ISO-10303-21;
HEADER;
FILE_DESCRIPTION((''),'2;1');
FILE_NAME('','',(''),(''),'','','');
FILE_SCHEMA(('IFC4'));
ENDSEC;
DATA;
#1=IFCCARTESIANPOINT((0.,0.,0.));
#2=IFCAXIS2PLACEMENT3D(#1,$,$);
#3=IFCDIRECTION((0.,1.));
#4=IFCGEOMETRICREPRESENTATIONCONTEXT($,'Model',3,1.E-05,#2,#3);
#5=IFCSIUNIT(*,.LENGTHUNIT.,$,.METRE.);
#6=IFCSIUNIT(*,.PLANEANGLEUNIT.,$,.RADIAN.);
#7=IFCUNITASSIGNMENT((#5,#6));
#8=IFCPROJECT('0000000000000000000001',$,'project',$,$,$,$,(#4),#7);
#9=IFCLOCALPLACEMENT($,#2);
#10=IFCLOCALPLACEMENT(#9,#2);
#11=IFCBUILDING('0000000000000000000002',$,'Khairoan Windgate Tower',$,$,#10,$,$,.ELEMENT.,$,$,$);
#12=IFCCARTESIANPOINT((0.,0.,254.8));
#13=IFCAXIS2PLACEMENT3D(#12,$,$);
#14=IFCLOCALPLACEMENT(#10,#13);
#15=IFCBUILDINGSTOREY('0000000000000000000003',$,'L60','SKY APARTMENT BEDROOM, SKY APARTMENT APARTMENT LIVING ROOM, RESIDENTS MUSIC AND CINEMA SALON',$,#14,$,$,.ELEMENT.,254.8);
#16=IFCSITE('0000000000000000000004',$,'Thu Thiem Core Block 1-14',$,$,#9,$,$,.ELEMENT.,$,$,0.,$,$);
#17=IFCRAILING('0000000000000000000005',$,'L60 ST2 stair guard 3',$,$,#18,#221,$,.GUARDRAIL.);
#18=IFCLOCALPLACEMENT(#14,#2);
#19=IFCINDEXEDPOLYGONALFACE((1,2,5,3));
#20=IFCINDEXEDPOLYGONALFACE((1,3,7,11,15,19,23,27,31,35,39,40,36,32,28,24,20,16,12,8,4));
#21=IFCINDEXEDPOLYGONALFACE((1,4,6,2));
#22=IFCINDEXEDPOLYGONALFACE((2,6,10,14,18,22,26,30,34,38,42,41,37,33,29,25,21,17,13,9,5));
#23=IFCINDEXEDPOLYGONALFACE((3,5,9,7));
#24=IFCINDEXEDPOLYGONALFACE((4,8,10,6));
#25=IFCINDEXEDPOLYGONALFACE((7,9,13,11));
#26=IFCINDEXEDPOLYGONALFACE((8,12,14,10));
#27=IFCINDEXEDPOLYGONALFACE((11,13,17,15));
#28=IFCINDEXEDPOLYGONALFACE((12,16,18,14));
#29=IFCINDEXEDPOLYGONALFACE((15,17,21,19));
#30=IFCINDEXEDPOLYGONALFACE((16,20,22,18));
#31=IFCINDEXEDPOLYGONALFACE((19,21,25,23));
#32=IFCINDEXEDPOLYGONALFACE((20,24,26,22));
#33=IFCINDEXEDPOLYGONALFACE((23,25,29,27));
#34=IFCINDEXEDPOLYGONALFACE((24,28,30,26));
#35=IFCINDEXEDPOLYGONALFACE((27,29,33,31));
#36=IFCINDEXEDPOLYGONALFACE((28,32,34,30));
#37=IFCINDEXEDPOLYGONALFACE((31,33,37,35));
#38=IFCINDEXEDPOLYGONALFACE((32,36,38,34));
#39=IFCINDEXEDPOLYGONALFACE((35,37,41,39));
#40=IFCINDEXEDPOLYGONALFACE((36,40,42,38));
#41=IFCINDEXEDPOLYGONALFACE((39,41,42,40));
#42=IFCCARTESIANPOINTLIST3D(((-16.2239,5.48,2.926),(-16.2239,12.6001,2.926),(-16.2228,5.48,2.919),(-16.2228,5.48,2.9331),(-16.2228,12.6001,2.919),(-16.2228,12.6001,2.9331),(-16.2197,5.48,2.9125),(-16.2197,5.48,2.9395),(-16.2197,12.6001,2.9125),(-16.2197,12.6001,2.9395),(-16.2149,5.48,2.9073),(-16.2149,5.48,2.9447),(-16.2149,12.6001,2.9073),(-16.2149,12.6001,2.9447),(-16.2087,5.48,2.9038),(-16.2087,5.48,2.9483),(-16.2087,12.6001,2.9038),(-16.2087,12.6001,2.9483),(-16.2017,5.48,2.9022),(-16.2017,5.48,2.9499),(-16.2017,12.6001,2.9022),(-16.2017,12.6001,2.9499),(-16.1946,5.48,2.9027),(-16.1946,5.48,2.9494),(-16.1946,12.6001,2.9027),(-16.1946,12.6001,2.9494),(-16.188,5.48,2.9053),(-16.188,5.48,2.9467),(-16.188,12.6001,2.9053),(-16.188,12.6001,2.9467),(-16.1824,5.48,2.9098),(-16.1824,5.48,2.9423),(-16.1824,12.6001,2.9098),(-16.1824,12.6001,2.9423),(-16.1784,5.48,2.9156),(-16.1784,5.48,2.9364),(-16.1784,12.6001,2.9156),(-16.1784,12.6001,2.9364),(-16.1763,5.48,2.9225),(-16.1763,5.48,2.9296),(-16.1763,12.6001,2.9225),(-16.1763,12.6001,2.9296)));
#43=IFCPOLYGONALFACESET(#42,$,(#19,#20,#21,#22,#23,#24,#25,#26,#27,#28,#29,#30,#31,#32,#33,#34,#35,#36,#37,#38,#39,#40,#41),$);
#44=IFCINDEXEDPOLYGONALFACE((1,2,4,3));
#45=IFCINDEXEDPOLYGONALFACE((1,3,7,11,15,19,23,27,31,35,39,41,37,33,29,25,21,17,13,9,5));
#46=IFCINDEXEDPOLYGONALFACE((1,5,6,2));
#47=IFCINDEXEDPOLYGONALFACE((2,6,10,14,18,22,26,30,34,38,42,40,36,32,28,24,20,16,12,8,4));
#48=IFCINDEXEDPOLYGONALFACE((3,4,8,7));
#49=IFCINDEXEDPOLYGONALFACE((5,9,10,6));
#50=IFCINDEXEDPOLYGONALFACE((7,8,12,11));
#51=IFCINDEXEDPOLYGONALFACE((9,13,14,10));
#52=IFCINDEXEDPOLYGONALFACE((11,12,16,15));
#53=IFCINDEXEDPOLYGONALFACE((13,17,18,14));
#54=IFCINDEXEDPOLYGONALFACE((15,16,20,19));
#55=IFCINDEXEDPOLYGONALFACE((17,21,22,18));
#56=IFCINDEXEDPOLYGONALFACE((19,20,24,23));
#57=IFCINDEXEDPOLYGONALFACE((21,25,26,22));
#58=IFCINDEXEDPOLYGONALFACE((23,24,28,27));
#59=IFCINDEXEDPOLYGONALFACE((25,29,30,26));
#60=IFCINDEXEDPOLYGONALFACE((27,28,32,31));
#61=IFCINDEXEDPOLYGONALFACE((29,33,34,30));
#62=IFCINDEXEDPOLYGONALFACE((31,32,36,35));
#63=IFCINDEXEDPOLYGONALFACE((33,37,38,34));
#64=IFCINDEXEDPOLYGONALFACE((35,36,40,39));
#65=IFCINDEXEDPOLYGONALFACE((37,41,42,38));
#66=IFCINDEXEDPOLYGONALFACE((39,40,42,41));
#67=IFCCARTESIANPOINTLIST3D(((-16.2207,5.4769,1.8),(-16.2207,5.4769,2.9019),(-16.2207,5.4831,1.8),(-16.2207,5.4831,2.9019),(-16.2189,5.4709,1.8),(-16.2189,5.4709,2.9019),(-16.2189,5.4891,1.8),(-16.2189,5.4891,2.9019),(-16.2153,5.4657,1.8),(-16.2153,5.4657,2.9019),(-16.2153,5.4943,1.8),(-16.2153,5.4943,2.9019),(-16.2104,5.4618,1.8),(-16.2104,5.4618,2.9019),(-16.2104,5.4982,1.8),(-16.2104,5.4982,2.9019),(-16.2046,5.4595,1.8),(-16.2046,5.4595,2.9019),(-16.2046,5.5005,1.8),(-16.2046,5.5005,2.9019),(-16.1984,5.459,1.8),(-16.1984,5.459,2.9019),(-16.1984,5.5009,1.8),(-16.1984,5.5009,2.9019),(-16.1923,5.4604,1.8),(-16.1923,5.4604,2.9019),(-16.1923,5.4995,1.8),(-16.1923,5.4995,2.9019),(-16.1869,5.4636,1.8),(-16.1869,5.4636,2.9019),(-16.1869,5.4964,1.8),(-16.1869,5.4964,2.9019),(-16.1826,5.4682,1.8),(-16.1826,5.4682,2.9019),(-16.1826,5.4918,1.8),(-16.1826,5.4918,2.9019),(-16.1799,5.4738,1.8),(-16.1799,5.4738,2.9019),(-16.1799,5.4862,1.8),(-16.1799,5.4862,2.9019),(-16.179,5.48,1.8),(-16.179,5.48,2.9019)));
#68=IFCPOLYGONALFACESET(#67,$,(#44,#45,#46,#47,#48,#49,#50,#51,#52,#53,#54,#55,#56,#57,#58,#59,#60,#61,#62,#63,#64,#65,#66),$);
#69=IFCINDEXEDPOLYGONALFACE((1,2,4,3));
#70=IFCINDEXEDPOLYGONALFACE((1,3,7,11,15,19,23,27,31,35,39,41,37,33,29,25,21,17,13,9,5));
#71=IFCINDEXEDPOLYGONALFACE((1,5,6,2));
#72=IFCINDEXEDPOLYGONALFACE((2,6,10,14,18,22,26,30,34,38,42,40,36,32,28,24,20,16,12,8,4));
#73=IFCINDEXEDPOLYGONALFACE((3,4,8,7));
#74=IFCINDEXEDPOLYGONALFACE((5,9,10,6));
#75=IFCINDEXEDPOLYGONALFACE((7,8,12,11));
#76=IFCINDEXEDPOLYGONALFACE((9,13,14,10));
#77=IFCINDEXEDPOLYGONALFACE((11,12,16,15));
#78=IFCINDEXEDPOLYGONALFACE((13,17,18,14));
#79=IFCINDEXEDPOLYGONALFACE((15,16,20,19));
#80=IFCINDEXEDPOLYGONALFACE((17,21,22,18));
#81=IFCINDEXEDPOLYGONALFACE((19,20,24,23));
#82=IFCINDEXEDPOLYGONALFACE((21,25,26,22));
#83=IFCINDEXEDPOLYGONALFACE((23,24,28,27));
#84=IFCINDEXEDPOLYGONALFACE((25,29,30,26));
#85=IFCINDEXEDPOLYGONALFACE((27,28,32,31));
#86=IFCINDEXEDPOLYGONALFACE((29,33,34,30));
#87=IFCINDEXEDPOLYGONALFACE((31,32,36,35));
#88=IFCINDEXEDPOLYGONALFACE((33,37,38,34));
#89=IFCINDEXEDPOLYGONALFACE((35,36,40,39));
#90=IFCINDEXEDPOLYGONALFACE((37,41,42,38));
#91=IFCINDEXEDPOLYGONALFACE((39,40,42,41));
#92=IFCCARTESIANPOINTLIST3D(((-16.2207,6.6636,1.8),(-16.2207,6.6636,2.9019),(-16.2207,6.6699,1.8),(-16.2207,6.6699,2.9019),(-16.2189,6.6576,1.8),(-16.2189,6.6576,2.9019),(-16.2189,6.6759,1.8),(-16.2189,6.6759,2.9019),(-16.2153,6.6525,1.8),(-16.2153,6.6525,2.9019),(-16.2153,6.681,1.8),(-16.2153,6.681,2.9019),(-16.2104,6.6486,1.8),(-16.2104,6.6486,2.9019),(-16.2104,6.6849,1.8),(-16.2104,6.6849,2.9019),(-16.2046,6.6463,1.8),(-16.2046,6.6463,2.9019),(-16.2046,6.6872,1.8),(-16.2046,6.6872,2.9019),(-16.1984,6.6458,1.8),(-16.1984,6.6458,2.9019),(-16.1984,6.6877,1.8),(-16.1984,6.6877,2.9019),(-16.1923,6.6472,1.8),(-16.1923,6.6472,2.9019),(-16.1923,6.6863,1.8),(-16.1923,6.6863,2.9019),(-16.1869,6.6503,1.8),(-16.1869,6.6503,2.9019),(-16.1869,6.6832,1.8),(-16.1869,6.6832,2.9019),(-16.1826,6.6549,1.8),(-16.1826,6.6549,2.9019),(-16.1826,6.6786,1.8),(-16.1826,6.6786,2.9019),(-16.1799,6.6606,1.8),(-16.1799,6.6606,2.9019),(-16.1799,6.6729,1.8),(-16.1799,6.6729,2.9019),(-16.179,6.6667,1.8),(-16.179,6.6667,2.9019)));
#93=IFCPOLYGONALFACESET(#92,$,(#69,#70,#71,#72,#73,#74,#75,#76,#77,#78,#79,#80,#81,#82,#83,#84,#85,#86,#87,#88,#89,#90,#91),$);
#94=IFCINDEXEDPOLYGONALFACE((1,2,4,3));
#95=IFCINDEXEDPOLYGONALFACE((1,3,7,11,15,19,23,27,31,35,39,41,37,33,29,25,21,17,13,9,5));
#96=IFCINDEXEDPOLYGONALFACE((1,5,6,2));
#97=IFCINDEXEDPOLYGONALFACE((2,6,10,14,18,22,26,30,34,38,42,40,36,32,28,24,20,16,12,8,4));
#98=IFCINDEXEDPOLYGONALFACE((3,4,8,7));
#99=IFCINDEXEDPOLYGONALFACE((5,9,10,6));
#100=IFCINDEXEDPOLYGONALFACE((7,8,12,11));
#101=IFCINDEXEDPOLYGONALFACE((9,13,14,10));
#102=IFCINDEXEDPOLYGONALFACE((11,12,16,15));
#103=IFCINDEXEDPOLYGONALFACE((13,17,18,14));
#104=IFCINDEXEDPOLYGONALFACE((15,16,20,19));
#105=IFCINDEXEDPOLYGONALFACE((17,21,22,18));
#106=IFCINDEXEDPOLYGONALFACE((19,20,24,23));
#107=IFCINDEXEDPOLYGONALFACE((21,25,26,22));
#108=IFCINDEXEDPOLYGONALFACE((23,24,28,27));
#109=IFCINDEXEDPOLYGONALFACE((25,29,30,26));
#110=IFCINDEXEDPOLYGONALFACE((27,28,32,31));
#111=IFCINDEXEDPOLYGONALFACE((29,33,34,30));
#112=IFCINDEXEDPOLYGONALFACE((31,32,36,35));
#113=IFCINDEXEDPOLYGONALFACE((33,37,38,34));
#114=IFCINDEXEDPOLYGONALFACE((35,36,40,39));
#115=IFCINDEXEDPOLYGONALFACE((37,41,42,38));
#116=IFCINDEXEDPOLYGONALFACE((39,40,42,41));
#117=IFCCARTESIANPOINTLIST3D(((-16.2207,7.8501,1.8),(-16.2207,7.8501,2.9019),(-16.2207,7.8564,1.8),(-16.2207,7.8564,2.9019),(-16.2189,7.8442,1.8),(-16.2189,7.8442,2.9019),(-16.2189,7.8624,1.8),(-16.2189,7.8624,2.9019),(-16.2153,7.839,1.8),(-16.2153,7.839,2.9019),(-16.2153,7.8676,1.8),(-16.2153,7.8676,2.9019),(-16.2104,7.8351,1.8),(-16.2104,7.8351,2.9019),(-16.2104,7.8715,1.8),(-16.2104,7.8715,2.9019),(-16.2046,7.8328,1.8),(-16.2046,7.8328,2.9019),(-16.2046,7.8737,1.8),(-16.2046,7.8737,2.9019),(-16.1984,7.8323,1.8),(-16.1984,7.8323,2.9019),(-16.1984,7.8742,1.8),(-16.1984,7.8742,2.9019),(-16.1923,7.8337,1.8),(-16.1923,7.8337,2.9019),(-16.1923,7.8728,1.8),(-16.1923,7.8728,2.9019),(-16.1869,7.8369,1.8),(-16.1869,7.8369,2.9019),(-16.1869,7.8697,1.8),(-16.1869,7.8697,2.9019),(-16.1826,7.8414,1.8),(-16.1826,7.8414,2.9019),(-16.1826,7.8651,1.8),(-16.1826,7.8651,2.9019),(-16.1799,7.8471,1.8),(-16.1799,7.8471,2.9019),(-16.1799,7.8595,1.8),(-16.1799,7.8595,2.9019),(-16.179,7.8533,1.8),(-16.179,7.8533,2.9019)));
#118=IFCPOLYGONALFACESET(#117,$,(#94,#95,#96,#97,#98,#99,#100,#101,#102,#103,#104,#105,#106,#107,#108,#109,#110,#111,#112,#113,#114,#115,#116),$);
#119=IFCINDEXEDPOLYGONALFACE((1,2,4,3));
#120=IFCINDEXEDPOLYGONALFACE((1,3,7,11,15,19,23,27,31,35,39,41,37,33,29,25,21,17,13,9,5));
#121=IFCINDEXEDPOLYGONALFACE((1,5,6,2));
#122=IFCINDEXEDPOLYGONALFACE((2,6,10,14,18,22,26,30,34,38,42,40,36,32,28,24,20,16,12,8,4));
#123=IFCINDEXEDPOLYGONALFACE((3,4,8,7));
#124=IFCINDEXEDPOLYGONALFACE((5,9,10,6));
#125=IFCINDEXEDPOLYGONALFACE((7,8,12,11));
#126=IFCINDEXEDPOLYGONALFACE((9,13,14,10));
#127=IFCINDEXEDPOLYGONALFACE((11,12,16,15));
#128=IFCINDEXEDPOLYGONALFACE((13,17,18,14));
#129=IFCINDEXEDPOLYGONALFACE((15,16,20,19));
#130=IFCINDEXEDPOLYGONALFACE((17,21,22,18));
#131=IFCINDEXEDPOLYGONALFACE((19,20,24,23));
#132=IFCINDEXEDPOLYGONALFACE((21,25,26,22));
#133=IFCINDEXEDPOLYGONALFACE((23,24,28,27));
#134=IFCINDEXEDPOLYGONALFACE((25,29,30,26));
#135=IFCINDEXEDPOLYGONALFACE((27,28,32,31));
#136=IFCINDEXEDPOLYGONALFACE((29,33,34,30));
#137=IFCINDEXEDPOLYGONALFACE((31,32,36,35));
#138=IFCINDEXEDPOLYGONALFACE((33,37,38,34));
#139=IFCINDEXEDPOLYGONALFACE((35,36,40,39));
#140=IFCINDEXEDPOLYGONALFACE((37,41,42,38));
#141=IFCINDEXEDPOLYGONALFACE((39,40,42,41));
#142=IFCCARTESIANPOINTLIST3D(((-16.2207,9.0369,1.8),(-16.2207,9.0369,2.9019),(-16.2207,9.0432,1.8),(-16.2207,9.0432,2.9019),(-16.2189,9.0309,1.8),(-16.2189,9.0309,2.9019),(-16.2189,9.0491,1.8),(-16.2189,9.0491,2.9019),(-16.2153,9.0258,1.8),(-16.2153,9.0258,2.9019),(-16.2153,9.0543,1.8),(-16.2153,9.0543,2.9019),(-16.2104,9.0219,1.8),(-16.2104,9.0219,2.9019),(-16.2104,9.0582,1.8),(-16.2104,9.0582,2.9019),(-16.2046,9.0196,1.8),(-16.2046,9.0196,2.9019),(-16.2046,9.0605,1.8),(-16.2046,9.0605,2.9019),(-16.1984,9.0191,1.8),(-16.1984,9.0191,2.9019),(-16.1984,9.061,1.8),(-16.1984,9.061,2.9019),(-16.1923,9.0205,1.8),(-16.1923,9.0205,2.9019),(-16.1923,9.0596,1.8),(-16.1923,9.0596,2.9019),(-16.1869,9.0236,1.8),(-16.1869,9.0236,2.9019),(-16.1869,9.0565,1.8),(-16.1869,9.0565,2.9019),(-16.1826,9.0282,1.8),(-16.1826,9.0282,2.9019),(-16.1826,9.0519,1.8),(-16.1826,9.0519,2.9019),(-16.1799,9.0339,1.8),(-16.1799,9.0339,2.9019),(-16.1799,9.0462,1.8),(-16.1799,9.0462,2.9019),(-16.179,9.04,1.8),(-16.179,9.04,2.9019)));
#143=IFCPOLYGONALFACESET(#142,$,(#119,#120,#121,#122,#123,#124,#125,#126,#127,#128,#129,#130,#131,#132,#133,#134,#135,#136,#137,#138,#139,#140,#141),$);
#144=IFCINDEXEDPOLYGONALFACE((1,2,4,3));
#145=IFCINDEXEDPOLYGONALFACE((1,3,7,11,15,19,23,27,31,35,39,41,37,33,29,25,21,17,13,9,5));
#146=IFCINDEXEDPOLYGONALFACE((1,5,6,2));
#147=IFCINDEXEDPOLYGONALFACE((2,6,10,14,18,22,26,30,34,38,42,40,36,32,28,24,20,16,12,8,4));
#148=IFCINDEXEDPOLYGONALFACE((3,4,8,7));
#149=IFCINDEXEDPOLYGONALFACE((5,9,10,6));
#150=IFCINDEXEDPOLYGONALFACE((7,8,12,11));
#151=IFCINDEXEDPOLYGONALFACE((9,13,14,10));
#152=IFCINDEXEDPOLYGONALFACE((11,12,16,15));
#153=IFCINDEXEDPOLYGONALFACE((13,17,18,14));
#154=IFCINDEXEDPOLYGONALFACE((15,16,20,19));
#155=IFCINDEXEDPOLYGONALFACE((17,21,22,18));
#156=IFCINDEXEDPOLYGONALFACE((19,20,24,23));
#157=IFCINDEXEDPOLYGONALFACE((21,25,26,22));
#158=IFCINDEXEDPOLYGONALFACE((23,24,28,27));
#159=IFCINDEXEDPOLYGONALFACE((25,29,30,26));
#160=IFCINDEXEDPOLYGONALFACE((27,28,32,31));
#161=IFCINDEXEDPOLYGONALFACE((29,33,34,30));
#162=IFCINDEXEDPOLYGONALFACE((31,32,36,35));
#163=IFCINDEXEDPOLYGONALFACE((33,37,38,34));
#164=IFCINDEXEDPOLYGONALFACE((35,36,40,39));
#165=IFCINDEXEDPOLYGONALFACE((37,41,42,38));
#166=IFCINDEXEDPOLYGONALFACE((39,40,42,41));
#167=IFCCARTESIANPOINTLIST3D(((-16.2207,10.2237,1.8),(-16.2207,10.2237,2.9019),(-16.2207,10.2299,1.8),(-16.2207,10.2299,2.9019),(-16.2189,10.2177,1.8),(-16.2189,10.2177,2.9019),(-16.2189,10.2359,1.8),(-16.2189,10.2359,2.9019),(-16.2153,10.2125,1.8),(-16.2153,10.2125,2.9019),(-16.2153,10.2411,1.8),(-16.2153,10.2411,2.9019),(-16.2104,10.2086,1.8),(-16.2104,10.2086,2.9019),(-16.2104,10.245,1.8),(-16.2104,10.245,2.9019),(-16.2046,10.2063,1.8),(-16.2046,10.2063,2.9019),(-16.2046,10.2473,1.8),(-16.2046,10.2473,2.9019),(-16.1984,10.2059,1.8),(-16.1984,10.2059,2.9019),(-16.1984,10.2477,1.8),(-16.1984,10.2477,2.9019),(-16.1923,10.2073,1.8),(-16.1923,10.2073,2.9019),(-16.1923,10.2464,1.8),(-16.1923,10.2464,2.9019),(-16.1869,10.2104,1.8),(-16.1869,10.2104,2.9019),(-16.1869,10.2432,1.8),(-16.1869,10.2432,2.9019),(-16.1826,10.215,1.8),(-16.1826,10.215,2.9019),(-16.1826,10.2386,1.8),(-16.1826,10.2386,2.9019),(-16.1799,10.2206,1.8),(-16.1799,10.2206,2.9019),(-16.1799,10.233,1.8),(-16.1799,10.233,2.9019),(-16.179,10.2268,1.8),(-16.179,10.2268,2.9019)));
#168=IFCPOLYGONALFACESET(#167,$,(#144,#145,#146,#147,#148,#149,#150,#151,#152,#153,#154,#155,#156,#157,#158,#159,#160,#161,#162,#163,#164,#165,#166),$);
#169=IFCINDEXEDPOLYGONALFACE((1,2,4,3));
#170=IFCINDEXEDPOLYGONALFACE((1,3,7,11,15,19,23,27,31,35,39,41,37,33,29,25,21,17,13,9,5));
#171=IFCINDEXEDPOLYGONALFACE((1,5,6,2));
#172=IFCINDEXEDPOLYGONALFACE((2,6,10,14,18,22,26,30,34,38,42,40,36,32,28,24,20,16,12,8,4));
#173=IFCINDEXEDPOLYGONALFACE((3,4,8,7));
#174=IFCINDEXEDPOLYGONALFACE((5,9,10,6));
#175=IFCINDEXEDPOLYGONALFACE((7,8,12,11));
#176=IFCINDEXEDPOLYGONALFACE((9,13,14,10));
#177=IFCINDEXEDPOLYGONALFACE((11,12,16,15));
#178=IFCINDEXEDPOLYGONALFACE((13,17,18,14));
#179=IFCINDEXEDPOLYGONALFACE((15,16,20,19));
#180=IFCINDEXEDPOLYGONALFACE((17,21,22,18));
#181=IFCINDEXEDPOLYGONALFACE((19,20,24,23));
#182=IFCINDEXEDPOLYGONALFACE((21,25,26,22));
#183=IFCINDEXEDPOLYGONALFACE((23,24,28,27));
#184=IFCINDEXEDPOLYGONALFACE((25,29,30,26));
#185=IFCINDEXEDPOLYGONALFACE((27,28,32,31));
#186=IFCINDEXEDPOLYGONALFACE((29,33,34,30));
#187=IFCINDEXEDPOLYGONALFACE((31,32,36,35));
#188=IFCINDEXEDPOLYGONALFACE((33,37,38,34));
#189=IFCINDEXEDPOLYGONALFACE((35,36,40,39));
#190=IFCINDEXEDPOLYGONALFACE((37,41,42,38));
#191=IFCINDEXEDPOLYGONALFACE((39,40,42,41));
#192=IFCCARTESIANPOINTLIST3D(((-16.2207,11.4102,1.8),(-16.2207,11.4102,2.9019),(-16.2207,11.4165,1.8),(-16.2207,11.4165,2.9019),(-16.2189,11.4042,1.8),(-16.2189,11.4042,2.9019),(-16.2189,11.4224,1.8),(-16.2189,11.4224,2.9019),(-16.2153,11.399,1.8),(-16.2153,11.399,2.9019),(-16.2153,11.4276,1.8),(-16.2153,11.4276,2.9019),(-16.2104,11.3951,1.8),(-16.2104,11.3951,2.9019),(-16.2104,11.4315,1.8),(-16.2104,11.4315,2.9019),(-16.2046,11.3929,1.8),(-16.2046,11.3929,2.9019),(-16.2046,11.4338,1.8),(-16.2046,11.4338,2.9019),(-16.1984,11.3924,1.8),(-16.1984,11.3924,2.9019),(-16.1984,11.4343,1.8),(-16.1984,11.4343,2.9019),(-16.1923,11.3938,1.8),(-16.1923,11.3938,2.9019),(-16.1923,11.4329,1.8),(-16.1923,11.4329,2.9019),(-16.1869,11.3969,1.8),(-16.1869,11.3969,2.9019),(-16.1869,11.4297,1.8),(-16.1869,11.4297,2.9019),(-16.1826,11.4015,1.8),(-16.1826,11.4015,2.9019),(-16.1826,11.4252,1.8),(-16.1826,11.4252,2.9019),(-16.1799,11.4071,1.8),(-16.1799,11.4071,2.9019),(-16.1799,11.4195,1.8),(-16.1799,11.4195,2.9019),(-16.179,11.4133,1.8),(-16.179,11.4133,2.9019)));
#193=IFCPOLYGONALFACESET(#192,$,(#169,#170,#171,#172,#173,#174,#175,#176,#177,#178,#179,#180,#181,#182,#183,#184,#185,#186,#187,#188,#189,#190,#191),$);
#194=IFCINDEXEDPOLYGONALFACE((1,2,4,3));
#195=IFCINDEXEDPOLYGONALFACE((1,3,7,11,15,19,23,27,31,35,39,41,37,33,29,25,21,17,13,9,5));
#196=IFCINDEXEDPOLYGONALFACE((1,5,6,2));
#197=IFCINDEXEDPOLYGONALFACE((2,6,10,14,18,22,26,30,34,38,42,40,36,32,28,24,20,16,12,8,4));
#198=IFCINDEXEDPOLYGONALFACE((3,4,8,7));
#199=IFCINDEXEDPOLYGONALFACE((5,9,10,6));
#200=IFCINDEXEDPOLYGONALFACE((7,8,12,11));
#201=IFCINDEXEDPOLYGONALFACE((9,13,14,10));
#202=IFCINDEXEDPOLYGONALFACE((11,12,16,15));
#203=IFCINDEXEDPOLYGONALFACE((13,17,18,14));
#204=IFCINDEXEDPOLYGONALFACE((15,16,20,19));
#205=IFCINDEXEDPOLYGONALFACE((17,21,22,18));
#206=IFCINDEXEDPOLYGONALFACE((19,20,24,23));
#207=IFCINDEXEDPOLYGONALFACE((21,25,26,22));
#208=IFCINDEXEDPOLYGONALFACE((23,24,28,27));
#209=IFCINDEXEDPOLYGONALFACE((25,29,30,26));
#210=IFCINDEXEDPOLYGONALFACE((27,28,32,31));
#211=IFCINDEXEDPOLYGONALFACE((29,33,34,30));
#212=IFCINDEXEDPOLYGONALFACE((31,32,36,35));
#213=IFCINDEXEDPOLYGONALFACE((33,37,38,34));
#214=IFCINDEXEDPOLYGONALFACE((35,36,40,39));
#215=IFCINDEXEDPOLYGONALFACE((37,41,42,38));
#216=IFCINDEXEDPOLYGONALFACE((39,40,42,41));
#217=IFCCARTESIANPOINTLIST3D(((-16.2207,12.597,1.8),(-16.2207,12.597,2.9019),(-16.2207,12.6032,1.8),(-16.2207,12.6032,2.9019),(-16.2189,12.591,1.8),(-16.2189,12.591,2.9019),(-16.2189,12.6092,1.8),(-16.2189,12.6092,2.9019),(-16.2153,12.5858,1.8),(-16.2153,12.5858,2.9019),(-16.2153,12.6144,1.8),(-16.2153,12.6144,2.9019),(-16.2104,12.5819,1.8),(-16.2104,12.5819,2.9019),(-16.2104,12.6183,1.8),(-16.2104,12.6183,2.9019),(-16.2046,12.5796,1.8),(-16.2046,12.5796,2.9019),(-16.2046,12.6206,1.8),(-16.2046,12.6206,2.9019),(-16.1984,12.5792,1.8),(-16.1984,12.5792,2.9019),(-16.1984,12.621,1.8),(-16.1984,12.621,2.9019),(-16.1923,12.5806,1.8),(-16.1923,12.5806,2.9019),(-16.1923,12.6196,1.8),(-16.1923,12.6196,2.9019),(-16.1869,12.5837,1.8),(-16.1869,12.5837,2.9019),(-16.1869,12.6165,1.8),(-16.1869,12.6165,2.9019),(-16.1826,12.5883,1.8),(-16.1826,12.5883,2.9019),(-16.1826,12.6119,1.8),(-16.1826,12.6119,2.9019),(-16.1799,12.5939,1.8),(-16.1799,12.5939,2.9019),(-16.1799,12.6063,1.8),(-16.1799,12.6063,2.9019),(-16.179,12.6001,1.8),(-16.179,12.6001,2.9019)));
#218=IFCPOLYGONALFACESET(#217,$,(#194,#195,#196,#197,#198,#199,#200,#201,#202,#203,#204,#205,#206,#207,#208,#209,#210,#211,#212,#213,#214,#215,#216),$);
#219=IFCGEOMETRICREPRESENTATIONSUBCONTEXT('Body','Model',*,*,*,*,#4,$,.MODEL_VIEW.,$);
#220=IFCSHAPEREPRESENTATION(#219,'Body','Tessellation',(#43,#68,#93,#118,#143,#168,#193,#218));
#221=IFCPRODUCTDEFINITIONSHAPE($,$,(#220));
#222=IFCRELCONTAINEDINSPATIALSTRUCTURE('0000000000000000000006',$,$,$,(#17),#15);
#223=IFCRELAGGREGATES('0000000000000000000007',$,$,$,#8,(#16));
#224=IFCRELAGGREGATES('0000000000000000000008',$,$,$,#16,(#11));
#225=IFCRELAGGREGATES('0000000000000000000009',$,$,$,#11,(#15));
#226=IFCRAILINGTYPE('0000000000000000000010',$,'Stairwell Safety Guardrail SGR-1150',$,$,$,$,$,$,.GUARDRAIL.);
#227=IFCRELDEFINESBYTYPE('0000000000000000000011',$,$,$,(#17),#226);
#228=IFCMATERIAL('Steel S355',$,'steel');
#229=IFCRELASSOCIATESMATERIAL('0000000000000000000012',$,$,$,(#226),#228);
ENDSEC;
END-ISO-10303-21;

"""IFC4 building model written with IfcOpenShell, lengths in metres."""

from ifc_helpers import new_model, si_unit, direction, frame, origin, origin_2d, place, context, subcontext, project, spatial, circle, extrude, material, type_object, element, save


model = new_model("IFC4")

# Units and contexts
model_context = context("Model", 3, precision=1e-05, world=origin(), true_north=direction((0.0, 1.0)))
body_context = subcontext(model_context, "Body", "Model", "MODEL_VIEW")
ifc_project = project(units=[si_unit("LENGTHUNIT", "METRE"), si_unit("PLANEANGLEUNIT", "RADIAN")], contexts=[model_context])

# Site, building, storey
site_placement = place(None, origin())
site = spatial("IfcSite", under=ifc_project, at=site_placement, Name="Thu Thiem Core Block 1-14", CompositionType="ELEMENT", RefElevation=0.0)
building_placement = place(site_placement, origin())
building = spatial("IfcBuilding", under=site, at=building_placement, Name="Khairoan Windgate Tower", CompositionType="ELEMENT")
storey_placement = place(building_placement, frame((0.0, 0.0, 254.8)))
storey = spatial("IfcBuildingStorey", under=building, at=storey_placement, Name="L60", Description="SKY APARTMENT BEDROOM, SKY APARTMENT APARTMENT LIVING ROOM, RESIDENTS MUSIC AND CINEMA SALON", CompositionType="ELEMENT", Elevation=254.8)

# Railing
ifc_material_1 = material(Name="Steel S355", Category="steel")
railing_type_1 = type_object("IfcRailingType", Name="Stairwell Safety Guardrail SGR-1150", PredefinedType="GUARDRAIL", material=ifc_material_1)
railing_1_placement = place(storey_placement, frame((-16.2, 5.48, 1.8)))
element("IfcRailing", 1, at=railing_1_placement, inside=storey, type_object=railing_type_1, Name="L60 ST2 stair guard 3", PredefinedType="GUARDRAIL", context=body_context, shape_type="SweptSolid", body=[
    extrude(circle(Radius=0.0239, at=origin_2d()), frame((0.0, 0.0, 1.126), z_axis=(0.0, 1.0, 0.0), x_axis=(-1.0, 0.0, 0.0)), (0.0, 0.0, 1.0), 7.1201),
    extrude(circle(Radius=0.021, at=origin_2d()), origin(), (0.0, 0.0, 1.0), 1.1018),
    extrude(circle(Radius=0.021, at=origin_2d()), frame((0.0, 1.1868, 0.0)), (0.0, 0.0, 1.0), 1.1018),
    extrude(circle(Radius=0.021, at=origin_2d()), frame((0.0, 2.3733, 0.0)), (0.0, 0.0, 1.0), 1.1018),
    extrude(circle(Radius=0.021, at=origin_2d()), frame((0.0, 3.5601, 0.0)), (0.0, 0.0, 1.0), 1.1018),
    extrude(circle(Radius=0.021, at=origin_2d()), frame((0.0, 4.7468, 0.0)), (0.0, 0.0, 1.0), 1.1018),
    extrude(circle(Radius=0.021, at=origin_2d()), frame((0.0, 5.9333, 0.0)), (0.0, 0.0, 1.0), 1.1018),
    extrude(circle(Radius=0.021, at=origin_2d()), frame((0.0, 7.1201, 0.0)), (0.0, 0.0, 1.0), 1.1018),
])

save(model, "model.ifc")
